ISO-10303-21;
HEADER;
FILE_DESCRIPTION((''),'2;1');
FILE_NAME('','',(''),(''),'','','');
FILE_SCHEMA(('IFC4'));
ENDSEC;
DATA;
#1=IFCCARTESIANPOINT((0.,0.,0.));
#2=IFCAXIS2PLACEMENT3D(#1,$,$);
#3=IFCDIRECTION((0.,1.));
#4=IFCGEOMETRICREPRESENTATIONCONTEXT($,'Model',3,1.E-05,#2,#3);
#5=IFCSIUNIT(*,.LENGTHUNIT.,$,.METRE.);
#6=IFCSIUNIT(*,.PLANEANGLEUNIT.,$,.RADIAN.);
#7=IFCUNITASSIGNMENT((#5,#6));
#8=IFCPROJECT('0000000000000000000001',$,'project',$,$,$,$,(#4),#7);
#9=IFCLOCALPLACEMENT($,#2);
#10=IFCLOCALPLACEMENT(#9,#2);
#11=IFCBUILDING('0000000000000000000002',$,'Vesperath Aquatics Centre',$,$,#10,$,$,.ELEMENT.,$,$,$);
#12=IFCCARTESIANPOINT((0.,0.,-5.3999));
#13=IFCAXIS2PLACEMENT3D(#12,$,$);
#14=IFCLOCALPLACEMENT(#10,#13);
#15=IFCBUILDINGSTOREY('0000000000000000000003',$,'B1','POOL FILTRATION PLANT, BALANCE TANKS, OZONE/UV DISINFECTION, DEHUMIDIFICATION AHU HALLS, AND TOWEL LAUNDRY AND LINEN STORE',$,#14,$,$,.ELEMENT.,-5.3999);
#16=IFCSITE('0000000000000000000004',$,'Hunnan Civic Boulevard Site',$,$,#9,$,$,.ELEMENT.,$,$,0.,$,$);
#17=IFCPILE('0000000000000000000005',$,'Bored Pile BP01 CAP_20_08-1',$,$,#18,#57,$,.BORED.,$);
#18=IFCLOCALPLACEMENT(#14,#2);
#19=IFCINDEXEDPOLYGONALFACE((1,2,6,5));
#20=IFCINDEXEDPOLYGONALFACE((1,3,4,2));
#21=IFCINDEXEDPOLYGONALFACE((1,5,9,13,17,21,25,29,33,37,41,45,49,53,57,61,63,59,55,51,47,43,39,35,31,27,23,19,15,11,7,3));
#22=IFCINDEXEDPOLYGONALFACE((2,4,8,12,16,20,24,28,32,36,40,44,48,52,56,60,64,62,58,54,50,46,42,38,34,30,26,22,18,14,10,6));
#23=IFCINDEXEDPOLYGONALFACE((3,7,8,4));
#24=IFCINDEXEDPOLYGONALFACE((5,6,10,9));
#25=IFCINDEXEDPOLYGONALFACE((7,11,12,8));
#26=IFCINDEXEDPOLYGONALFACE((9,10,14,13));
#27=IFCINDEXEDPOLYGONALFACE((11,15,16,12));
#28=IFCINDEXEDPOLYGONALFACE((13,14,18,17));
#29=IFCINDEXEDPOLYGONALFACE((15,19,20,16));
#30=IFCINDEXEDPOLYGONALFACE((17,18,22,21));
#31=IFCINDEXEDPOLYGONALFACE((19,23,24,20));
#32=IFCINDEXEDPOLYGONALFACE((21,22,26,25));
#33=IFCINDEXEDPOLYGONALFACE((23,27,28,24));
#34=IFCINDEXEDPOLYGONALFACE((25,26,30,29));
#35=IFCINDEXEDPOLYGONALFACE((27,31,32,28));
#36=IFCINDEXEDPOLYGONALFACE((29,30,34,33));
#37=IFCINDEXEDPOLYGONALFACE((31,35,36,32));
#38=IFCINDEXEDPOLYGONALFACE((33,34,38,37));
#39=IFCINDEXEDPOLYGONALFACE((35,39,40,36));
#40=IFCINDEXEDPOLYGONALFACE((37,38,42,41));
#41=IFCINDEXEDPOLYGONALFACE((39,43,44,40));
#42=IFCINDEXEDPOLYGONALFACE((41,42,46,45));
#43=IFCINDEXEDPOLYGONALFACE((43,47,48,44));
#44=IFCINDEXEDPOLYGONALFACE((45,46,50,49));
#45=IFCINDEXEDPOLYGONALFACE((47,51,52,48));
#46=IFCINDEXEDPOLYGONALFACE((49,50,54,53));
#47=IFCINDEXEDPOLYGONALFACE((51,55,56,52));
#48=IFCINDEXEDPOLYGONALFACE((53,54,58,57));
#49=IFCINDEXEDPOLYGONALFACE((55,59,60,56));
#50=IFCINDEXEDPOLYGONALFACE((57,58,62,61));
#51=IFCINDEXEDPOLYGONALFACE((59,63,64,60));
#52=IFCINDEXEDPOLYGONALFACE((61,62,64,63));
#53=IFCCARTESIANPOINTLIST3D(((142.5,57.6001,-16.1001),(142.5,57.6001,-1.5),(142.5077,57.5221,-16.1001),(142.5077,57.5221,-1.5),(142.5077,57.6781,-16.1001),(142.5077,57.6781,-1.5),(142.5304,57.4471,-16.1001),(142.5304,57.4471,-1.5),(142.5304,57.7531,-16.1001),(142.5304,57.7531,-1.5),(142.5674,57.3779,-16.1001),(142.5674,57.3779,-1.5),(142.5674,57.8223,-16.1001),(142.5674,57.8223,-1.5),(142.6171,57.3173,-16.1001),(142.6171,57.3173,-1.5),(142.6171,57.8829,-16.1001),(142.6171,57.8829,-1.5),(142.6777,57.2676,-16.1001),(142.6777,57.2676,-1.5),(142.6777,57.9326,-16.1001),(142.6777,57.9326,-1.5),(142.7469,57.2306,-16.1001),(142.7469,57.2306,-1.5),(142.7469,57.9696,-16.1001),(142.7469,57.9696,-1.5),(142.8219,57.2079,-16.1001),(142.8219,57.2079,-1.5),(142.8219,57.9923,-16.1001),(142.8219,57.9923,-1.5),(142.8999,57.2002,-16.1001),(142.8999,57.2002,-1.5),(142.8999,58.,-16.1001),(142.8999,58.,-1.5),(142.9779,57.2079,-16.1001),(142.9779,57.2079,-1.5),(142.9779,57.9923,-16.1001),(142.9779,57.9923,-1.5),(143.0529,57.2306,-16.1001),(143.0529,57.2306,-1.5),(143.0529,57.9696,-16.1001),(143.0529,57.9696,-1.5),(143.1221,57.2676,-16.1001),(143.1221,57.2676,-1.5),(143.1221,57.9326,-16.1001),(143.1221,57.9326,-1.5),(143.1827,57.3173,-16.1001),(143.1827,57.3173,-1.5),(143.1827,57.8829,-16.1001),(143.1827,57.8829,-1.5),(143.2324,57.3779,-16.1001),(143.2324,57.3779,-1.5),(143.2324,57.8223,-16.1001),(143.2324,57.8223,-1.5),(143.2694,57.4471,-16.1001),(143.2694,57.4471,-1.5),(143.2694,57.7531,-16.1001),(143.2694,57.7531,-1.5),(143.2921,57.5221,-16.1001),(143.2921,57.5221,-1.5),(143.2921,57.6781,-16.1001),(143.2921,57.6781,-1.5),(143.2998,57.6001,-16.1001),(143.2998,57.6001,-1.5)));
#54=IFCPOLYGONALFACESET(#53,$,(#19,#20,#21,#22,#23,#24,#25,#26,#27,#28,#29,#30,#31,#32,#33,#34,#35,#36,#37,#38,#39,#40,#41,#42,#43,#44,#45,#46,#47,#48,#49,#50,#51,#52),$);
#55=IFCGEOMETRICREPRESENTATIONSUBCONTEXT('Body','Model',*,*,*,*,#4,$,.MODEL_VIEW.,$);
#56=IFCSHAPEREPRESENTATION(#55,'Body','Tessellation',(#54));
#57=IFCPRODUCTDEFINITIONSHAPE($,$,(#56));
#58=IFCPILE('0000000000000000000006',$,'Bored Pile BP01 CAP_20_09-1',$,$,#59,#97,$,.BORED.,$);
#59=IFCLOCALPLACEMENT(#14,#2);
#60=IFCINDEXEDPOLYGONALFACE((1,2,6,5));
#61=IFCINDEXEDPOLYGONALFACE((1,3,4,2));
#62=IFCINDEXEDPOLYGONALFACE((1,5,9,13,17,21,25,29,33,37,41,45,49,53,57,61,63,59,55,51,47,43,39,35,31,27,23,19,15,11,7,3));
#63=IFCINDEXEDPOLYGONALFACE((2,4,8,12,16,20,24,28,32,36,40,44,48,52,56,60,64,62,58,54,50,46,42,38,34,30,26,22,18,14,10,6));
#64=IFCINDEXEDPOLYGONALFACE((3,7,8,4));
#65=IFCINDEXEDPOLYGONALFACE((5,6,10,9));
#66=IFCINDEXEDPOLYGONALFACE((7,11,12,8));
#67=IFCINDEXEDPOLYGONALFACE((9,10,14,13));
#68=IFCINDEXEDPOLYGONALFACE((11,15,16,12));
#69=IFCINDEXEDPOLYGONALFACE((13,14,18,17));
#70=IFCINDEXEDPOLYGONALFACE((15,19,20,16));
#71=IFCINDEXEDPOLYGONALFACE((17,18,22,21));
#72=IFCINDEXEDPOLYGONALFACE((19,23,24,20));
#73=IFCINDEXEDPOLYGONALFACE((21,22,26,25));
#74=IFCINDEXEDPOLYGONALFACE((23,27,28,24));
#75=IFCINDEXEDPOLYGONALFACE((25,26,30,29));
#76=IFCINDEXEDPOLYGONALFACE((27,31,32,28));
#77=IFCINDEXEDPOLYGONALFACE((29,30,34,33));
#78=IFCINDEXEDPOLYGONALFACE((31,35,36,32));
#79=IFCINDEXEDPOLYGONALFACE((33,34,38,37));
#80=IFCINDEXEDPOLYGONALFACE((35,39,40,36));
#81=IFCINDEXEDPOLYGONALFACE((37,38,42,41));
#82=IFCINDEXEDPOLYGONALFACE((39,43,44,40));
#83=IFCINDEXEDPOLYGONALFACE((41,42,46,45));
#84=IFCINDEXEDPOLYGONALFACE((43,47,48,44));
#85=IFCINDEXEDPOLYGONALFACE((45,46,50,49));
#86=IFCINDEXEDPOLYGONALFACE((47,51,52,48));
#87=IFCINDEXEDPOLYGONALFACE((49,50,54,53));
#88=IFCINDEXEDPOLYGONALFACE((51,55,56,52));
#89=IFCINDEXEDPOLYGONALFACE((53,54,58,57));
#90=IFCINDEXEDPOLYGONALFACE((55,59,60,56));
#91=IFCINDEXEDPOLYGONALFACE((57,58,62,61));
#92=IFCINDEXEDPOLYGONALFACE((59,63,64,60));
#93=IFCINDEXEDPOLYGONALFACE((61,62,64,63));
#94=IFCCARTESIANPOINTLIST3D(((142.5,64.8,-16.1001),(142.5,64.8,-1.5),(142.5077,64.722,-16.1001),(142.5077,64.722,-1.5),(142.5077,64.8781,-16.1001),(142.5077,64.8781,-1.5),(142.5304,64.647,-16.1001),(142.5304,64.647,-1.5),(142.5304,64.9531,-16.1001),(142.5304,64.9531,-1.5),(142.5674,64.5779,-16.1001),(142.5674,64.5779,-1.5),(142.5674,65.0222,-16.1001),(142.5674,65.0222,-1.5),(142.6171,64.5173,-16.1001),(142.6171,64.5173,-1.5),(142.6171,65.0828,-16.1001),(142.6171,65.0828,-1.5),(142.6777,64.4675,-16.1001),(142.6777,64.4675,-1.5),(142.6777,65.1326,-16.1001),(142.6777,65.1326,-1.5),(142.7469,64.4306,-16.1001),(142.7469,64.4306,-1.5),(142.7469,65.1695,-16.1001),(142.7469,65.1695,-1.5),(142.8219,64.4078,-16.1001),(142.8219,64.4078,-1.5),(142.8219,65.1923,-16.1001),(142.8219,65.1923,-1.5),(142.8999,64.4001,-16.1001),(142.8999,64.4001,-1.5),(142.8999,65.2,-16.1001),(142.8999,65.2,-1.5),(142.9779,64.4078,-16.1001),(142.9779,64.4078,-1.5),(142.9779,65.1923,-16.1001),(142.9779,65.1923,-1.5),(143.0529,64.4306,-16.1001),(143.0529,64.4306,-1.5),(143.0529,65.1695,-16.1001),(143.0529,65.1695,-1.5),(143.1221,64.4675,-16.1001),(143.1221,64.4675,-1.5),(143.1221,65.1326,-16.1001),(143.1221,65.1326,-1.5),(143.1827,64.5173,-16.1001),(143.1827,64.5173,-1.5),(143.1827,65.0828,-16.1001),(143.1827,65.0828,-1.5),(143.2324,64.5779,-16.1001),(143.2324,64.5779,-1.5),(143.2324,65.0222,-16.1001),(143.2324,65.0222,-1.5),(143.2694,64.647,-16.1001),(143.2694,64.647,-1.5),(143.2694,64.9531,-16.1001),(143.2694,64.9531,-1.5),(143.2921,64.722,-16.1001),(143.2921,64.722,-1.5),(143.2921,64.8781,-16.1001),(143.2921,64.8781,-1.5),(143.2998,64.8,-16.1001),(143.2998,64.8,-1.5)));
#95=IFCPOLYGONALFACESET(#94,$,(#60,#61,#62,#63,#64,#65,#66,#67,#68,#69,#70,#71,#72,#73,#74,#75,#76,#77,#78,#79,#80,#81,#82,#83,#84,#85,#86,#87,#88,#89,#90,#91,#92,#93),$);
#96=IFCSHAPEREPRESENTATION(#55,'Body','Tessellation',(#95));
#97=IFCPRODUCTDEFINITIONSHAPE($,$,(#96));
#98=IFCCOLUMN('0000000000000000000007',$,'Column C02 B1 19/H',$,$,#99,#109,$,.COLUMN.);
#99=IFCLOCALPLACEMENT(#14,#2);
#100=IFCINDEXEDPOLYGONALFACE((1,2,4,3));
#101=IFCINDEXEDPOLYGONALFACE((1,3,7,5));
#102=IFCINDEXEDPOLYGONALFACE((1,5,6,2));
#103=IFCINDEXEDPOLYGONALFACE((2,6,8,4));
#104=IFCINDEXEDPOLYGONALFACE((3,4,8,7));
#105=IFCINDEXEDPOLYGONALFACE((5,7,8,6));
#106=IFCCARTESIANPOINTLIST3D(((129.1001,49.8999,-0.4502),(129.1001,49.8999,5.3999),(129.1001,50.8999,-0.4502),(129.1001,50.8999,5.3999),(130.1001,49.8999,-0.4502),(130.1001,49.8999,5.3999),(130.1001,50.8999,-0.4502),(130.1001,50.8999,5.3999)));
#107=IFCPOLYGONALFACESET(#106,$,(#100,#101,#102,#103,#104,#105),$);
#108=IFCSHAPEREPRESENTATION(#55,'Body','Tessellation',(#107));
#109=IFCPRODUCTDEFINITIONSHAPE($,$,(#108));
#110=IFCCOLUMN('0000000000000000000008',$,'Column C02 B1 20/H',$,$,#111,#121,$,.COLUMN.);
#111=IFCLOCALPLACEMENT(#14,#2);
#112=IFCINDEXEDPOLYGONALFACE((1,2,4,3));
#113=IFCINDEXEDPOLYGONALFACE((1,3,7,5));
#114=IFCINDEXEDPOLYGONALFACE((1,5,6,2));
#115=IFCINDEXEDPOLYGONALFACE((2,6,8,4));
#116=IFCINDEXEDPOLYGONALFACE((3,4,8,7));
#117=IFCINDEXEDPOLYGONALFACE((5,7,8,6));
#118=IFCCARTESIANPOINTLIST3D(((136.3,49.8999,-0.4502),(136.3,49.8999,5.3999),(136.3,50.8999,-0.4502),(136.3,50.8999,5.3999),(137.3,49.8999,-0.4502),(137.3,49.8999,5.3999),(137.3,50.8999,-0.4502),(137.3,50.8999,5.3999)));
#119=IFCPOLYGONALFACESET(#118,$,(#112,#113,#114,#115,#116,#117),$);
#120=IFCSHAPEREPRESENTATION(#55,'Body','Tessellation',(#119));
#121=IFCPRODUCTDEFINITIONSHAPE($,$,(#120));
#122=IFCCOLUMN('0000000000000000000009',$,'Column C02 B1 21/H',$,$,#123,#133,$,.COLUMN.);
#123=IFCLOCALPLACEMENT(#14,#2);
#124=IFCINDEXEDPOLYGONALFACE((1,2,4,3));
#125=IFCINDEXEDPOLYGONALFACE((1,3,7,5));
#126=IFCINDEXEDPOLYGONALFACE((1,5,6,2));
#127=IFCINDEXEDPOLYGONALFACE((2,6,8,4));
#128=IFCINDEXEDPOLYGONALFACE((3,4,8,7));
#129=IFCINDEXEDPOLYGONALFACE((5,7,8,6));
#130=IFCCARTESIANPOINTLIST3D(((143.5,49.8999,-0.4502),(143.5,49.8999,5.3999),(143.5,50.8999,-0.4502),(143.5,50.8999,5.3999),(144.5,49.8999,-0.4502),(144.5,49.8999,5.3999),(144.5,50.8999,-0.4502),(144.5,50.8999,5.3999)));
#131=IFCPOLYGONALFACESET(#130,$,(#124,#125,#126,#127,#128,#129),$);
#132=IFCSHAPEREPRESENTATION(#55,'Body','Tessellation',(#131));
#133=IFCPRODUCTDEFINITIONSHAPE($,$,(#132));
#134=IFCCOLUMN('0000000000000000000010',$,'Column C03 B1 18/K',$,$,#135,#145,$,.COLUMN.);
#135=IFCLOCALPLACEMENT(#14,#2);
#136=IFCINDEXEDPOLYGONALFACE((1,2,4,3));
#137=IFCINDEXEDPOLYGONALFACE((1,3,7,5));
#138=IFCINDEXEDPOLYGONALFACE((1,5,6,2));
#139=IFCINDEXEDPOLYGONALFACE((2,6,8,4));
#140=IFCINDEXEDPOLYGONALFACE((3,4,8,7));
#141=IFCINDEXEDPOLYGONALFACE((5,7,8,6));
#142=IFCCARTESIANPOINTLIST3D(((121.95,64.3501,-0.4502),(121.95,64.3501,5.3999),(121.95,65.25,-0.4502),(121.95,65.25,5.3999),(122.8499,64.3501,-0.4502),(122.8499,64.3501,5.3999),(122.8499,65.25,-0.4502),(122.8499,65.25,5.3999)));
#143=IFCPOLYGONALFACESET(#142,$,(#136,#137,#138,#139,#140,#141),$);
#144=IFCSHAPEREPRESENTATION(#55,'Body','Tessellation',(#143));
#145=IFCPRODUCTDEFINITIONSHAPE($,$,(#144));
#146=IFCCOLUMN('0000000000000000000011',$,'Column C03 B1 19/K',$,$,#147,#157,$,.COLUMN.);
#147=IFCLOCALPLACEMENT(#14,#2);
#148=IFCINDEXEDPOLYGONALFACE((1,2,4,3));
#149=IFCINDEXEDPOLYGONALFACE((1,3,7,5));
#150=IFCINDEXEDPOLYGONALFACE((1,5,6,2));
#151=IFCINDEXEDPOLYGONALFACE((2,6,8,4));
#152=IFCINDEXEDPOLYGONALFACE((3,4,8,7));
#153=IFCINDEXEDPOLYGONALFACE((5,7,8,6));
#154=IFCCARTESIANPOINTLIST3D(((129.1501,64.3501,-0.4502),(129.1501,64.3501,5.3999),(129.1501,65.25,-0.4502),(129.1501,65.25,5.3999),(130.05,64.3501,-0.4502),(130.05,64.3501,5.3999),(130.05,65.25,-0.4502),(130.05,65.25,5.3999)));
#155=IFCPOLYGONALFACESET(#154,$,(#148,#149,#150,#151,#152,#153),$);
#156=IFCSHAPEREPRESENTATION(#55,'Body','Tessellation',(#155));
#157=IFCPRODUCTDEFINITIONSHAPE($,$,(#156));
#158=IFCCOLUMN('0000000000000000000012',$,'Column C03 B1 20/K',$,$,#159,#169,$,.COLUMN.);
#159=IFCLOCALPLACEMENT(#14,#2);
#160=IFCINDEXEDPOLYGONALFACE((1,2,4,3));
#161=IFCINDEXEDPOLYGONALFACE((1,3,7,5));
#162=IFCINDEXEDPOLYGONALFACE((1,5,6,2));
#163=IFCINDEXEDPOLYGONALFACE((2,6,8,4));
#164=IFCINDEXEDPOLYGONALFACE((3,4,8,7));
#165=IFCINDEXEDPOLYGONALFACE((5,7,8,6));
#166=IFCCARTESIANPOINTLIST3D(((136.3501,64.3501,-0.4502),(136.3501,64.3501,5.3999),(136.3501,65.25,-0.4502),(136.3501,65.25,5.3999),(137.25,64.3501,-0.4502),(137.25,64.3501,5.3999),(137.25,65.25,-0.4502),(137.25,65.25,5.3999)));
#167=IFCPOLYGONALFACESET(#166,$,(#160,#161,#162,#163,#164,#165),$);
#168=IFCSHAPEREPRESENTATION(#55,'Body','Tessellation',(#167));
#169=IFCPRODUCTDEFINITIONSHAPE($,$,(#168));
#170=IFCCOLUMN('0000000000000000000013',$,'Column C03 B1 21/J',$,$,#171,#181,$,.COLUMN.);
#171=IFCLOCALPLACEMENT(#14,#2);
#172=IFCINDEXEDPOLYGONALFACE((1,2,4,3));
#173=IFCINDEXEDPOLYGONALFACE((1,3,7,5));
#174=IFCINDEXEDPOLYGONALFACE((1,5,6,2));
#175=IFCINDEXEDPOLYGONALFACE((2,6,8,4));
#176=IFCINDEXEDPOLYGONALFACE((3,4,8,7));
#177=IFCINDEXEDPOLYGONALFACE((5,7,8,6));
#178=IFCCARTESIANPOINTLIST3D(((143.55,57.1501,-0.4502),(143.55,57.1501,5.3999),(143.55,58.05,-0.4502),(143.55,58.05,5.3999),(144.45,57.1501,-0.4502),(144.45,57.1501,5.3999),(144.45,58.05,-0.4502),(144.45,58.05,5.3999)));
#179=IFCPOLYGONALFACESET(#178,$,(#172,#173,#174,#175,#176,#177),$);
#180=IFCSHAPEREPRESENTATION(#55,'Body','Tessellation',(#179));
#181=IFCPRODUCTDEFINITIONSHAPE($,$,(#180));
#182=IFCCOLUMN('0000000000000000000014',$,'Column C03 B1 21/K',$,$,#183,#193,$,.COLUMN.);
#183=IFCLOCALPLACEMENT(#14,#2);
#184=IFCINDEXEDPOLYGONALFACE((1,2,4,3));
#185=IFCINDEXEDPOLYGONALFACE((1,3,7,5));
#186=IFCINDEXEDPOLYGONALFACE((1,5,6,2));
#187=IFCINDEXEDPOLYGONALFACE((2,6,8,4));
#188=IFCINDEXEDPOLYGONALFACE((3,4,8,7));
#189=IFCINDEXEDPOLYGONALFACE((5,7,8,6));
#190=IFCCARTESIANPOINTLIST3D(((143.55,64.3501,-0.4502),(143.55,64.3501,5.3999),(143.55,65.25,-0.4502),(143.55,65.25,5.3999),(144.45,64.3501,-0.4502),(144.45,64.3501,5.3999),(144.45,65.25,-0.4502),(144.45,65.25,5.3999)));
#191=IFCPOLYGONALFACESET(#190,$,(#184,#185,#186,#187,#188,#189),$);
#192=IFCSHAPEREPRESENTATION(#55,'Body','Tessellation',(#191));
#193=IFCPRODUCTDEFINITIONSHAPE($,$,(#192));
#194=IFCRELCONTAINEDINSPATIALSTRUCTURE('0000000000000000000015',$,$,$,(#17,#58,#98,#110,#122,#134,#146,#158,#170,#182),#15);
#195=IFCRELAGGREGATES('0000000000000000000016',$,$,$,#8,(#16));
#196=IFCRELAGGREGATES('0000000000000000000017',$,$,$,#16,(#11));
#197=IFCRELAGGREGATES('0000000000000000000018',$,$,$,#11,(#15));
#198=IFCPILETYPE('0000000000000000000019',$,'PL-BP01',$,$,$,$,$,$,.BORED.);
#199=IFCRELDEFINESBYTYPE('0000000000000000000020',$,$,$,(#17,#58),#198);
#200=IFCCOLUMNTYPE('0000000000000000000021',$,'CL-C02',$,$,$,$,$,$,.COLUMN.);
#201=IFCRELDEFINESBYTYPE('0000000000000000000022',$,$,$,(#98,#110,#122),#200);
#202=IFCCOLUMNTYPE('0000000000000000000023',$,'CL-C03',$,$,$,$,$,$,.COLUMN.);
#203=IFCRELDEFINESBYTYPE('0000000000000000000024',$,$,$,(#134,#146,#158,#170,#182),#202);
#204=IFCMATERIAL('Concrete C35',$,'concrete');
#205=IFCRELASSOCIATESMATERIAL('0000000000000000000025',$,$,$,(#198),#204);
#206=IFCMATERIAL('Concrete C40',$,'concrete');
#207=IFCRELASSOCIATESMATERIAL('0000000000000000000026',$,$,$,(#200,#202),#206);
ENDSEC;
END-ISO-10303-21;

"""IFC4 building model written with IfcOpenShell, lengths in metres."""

from ifc_helpers import new_model, si_unit, direction, frame, origin, origin_2d, place, context, subcontext, project, spatial, rectangle, circle, extrude, material, material_profile, profile_set, type_object, element, save


model = new_model("IFC4")

# Units and contexts
model_context = context("Model", 3, precision=1e-05, world=origin(), true_north=direction((0.0, 1.0)))
body_context = subcontext(model_context, "Body", "Model", "MODEL_VIEW")
ifc_project = project(units=[si_unit("LENGTHUNIT", "METRE"), si_unit("PLANEANGLEUNIT", "RADIAN")], contexts=[model_context])

# Site, building, storey
site_placement = place(None, origin())
site = spatial("IfcSite", under=ifc_project, at=site_placement, Name="Hunnan Civic Boulevard Site", CompositionType="ELEMENT", RefElevation=0.0)
building_placement = place(site_placement, origin())
building = spatial("IfcBuilding", under=site, at=building_placement, Name="Vesperath Aquatics Centre", CompositionType="ELEMENT")
storey_placement = place(building_placement, frame((0.0, 0.0, -5.3999)))
storey = spatial("IfcBuildingStorey", under=building, at=storey_placement, Name="B1", Description="POOL FILTRATION PLANT, BALANCE TANKS, OZONE/UV DISINFECTION, DEHUMIDIFICATION AHU HALLS, AND TOWEL LAUNDRY AND LINEN STORE", CompositionType="ELEMENT", Elevation=-5.3999)

# Shared definitions
ifc_material_1 = material(Name="Concrete C40", Category="concrete")

# Piles
ifc_material_2 = material(Name="Concrete C35", Category="concrete")
ifc_material_profile_1 = material_profile(ifc_material_2, circle(Radius=0.3999, at=origin_2d()), Name="PILE D800")
ifc_profile_set_1 = profile_set([ifc_material_profile_1], Name="Concrete C35")
pile_type = type_object("IfcPileType", Name="PL-BP01", PredefinedType="BORED", material=ifc_profile_set_1)
for number, where, z_axis, x_axis, name in (
    (1, (142.8999, 57.6001, -1.5), (0.0, 0.0, -1.0), (1.0, 0.0, 0.0), "Bored Pile BP01 CAP_20_08-1"),
    (2, (142.8999, 64.8, -1.5), (0.0, 0.0, -1.0), (1.0, 0.0, 0.0), "Bored Pile BP01 CAP_20_09-1"),
):
    element("IfcPile", number, at=place(storey_placement, frame(where, z_axis=z_axis, x_axis=x_axis)), inside=storey, type_object=pile_type, Name=name, PredefinedType="BORED", context=body_context, shape_type="SweptSolid", body=[
        extrude(circle(Radius=0.3999, at=origin_2d()), origin(), (0.0, 0.0, 1.0), 14.6001),
    ])

# Columns
ifc_material_profile_2 = material_profile(ifc_material_1, rectangle(XDim=1.0, YDim=1.0, at=origin_2d()), Name="RC 1000x1000")
ifc_profile_set_2 = profile_set([ifc_material_profile_2], Name="Concrete C40")
column_type_1 = type_object("IfcColumnType", Name="CL-C02", PredefinedType="COLUMN", material=ifc_profile_set_2)
for number, where, z_axis, x_axis, name in (
    (3, (129.6001, 50.3999, -0.4502), (0.0, 0.0, 1.0), (1.0, 0.0, 0.0), "Column C02 B1 19/H"),
    (4, (136.8, 50.3999, -0.4502), (0.0, 0.0, 1.0), (1.0, 0.0, 0.0), "Column C02 B1 20/H"),
    (5, (144.0, 50.3999, -0.4502), (0.0, 0.0, 1.0), (1.0, 0.0, 0.0), "Column C02 B1 21/H"),
):
    element("IfcColumn", number, at=place(storey_placement, frame(where, z_axis=z_axis, x_axis=x_axis)), inside=storey, type_object=column_type_1, Name=name, PredefinedType="COLUMN", context=body_context, shape_type="SweptSolid", body=[
        extrude(rectangle(XDim=1.0, YDim=1.0, at=origin_2d()), origin(), (0.0, 0.0, 1.0), 5.8501),
    ])
ifc_material_profile_3 = material_profile(ifc_material_1, rectangle(XDim=0.8999, YDim=0.8999, at=origin_2d()), Name="RC 900x900")
ifc_profile_set_3 = profile_set([ifc_material_profile_3], Name="Concrete C40")
column_type_2 = type_object("IfcColumnType", Name="CL-C03", PredefinedType="COLUMN", material=ifc_profile_set_3)
for number, where, z_axis, x_axis, name in (
    (6, (122.3999, 64.8, -0.4502), (0.0, 0.0, 1.0), (1.0, 0.0, 0.0), "Column C03 B1 18/K"),
    (7, (129.6001, 64.8, -0.4502), (0.0, 0.0, 1.0), (1.0, 0.0, 0.0), "Column C03 B1 19/K"),
    (8, (136.8, 64.8, -0.4502), (0.0, 0.0, 1.0), (1.0, 0.0, 0.0), "Column C03 B1 20/K"),
    (9, (144.0, 57.6001, -0.4502), (0.0, 0.0, 1.0), (1.0, 0.0, 0.0), "Column C03 B1 21/J"),
    (10, (144.0, 64.8, -0.4502), (0.0, 0.0, 1.0), (1.0, 0.0, 0.0), "Column C03 B1 21/K"),
):
    element("IfcColumn", number, at=place(storey_placement, frame(where, z_axis=z_axis, x_axis=x_axis)), inside=storey, type_object=column_type_2, Name=name, PredefinedType="COLUMN", context=body_context, shape_type="SweptSolid", body=[
        extrude(rectangle(XDim=0.8999, YDim=0.8999, at=origin_2d()), origin(), (0.0, 0.0, 1.0), 5.8501),
    ])

save(model, "model.ifc")
